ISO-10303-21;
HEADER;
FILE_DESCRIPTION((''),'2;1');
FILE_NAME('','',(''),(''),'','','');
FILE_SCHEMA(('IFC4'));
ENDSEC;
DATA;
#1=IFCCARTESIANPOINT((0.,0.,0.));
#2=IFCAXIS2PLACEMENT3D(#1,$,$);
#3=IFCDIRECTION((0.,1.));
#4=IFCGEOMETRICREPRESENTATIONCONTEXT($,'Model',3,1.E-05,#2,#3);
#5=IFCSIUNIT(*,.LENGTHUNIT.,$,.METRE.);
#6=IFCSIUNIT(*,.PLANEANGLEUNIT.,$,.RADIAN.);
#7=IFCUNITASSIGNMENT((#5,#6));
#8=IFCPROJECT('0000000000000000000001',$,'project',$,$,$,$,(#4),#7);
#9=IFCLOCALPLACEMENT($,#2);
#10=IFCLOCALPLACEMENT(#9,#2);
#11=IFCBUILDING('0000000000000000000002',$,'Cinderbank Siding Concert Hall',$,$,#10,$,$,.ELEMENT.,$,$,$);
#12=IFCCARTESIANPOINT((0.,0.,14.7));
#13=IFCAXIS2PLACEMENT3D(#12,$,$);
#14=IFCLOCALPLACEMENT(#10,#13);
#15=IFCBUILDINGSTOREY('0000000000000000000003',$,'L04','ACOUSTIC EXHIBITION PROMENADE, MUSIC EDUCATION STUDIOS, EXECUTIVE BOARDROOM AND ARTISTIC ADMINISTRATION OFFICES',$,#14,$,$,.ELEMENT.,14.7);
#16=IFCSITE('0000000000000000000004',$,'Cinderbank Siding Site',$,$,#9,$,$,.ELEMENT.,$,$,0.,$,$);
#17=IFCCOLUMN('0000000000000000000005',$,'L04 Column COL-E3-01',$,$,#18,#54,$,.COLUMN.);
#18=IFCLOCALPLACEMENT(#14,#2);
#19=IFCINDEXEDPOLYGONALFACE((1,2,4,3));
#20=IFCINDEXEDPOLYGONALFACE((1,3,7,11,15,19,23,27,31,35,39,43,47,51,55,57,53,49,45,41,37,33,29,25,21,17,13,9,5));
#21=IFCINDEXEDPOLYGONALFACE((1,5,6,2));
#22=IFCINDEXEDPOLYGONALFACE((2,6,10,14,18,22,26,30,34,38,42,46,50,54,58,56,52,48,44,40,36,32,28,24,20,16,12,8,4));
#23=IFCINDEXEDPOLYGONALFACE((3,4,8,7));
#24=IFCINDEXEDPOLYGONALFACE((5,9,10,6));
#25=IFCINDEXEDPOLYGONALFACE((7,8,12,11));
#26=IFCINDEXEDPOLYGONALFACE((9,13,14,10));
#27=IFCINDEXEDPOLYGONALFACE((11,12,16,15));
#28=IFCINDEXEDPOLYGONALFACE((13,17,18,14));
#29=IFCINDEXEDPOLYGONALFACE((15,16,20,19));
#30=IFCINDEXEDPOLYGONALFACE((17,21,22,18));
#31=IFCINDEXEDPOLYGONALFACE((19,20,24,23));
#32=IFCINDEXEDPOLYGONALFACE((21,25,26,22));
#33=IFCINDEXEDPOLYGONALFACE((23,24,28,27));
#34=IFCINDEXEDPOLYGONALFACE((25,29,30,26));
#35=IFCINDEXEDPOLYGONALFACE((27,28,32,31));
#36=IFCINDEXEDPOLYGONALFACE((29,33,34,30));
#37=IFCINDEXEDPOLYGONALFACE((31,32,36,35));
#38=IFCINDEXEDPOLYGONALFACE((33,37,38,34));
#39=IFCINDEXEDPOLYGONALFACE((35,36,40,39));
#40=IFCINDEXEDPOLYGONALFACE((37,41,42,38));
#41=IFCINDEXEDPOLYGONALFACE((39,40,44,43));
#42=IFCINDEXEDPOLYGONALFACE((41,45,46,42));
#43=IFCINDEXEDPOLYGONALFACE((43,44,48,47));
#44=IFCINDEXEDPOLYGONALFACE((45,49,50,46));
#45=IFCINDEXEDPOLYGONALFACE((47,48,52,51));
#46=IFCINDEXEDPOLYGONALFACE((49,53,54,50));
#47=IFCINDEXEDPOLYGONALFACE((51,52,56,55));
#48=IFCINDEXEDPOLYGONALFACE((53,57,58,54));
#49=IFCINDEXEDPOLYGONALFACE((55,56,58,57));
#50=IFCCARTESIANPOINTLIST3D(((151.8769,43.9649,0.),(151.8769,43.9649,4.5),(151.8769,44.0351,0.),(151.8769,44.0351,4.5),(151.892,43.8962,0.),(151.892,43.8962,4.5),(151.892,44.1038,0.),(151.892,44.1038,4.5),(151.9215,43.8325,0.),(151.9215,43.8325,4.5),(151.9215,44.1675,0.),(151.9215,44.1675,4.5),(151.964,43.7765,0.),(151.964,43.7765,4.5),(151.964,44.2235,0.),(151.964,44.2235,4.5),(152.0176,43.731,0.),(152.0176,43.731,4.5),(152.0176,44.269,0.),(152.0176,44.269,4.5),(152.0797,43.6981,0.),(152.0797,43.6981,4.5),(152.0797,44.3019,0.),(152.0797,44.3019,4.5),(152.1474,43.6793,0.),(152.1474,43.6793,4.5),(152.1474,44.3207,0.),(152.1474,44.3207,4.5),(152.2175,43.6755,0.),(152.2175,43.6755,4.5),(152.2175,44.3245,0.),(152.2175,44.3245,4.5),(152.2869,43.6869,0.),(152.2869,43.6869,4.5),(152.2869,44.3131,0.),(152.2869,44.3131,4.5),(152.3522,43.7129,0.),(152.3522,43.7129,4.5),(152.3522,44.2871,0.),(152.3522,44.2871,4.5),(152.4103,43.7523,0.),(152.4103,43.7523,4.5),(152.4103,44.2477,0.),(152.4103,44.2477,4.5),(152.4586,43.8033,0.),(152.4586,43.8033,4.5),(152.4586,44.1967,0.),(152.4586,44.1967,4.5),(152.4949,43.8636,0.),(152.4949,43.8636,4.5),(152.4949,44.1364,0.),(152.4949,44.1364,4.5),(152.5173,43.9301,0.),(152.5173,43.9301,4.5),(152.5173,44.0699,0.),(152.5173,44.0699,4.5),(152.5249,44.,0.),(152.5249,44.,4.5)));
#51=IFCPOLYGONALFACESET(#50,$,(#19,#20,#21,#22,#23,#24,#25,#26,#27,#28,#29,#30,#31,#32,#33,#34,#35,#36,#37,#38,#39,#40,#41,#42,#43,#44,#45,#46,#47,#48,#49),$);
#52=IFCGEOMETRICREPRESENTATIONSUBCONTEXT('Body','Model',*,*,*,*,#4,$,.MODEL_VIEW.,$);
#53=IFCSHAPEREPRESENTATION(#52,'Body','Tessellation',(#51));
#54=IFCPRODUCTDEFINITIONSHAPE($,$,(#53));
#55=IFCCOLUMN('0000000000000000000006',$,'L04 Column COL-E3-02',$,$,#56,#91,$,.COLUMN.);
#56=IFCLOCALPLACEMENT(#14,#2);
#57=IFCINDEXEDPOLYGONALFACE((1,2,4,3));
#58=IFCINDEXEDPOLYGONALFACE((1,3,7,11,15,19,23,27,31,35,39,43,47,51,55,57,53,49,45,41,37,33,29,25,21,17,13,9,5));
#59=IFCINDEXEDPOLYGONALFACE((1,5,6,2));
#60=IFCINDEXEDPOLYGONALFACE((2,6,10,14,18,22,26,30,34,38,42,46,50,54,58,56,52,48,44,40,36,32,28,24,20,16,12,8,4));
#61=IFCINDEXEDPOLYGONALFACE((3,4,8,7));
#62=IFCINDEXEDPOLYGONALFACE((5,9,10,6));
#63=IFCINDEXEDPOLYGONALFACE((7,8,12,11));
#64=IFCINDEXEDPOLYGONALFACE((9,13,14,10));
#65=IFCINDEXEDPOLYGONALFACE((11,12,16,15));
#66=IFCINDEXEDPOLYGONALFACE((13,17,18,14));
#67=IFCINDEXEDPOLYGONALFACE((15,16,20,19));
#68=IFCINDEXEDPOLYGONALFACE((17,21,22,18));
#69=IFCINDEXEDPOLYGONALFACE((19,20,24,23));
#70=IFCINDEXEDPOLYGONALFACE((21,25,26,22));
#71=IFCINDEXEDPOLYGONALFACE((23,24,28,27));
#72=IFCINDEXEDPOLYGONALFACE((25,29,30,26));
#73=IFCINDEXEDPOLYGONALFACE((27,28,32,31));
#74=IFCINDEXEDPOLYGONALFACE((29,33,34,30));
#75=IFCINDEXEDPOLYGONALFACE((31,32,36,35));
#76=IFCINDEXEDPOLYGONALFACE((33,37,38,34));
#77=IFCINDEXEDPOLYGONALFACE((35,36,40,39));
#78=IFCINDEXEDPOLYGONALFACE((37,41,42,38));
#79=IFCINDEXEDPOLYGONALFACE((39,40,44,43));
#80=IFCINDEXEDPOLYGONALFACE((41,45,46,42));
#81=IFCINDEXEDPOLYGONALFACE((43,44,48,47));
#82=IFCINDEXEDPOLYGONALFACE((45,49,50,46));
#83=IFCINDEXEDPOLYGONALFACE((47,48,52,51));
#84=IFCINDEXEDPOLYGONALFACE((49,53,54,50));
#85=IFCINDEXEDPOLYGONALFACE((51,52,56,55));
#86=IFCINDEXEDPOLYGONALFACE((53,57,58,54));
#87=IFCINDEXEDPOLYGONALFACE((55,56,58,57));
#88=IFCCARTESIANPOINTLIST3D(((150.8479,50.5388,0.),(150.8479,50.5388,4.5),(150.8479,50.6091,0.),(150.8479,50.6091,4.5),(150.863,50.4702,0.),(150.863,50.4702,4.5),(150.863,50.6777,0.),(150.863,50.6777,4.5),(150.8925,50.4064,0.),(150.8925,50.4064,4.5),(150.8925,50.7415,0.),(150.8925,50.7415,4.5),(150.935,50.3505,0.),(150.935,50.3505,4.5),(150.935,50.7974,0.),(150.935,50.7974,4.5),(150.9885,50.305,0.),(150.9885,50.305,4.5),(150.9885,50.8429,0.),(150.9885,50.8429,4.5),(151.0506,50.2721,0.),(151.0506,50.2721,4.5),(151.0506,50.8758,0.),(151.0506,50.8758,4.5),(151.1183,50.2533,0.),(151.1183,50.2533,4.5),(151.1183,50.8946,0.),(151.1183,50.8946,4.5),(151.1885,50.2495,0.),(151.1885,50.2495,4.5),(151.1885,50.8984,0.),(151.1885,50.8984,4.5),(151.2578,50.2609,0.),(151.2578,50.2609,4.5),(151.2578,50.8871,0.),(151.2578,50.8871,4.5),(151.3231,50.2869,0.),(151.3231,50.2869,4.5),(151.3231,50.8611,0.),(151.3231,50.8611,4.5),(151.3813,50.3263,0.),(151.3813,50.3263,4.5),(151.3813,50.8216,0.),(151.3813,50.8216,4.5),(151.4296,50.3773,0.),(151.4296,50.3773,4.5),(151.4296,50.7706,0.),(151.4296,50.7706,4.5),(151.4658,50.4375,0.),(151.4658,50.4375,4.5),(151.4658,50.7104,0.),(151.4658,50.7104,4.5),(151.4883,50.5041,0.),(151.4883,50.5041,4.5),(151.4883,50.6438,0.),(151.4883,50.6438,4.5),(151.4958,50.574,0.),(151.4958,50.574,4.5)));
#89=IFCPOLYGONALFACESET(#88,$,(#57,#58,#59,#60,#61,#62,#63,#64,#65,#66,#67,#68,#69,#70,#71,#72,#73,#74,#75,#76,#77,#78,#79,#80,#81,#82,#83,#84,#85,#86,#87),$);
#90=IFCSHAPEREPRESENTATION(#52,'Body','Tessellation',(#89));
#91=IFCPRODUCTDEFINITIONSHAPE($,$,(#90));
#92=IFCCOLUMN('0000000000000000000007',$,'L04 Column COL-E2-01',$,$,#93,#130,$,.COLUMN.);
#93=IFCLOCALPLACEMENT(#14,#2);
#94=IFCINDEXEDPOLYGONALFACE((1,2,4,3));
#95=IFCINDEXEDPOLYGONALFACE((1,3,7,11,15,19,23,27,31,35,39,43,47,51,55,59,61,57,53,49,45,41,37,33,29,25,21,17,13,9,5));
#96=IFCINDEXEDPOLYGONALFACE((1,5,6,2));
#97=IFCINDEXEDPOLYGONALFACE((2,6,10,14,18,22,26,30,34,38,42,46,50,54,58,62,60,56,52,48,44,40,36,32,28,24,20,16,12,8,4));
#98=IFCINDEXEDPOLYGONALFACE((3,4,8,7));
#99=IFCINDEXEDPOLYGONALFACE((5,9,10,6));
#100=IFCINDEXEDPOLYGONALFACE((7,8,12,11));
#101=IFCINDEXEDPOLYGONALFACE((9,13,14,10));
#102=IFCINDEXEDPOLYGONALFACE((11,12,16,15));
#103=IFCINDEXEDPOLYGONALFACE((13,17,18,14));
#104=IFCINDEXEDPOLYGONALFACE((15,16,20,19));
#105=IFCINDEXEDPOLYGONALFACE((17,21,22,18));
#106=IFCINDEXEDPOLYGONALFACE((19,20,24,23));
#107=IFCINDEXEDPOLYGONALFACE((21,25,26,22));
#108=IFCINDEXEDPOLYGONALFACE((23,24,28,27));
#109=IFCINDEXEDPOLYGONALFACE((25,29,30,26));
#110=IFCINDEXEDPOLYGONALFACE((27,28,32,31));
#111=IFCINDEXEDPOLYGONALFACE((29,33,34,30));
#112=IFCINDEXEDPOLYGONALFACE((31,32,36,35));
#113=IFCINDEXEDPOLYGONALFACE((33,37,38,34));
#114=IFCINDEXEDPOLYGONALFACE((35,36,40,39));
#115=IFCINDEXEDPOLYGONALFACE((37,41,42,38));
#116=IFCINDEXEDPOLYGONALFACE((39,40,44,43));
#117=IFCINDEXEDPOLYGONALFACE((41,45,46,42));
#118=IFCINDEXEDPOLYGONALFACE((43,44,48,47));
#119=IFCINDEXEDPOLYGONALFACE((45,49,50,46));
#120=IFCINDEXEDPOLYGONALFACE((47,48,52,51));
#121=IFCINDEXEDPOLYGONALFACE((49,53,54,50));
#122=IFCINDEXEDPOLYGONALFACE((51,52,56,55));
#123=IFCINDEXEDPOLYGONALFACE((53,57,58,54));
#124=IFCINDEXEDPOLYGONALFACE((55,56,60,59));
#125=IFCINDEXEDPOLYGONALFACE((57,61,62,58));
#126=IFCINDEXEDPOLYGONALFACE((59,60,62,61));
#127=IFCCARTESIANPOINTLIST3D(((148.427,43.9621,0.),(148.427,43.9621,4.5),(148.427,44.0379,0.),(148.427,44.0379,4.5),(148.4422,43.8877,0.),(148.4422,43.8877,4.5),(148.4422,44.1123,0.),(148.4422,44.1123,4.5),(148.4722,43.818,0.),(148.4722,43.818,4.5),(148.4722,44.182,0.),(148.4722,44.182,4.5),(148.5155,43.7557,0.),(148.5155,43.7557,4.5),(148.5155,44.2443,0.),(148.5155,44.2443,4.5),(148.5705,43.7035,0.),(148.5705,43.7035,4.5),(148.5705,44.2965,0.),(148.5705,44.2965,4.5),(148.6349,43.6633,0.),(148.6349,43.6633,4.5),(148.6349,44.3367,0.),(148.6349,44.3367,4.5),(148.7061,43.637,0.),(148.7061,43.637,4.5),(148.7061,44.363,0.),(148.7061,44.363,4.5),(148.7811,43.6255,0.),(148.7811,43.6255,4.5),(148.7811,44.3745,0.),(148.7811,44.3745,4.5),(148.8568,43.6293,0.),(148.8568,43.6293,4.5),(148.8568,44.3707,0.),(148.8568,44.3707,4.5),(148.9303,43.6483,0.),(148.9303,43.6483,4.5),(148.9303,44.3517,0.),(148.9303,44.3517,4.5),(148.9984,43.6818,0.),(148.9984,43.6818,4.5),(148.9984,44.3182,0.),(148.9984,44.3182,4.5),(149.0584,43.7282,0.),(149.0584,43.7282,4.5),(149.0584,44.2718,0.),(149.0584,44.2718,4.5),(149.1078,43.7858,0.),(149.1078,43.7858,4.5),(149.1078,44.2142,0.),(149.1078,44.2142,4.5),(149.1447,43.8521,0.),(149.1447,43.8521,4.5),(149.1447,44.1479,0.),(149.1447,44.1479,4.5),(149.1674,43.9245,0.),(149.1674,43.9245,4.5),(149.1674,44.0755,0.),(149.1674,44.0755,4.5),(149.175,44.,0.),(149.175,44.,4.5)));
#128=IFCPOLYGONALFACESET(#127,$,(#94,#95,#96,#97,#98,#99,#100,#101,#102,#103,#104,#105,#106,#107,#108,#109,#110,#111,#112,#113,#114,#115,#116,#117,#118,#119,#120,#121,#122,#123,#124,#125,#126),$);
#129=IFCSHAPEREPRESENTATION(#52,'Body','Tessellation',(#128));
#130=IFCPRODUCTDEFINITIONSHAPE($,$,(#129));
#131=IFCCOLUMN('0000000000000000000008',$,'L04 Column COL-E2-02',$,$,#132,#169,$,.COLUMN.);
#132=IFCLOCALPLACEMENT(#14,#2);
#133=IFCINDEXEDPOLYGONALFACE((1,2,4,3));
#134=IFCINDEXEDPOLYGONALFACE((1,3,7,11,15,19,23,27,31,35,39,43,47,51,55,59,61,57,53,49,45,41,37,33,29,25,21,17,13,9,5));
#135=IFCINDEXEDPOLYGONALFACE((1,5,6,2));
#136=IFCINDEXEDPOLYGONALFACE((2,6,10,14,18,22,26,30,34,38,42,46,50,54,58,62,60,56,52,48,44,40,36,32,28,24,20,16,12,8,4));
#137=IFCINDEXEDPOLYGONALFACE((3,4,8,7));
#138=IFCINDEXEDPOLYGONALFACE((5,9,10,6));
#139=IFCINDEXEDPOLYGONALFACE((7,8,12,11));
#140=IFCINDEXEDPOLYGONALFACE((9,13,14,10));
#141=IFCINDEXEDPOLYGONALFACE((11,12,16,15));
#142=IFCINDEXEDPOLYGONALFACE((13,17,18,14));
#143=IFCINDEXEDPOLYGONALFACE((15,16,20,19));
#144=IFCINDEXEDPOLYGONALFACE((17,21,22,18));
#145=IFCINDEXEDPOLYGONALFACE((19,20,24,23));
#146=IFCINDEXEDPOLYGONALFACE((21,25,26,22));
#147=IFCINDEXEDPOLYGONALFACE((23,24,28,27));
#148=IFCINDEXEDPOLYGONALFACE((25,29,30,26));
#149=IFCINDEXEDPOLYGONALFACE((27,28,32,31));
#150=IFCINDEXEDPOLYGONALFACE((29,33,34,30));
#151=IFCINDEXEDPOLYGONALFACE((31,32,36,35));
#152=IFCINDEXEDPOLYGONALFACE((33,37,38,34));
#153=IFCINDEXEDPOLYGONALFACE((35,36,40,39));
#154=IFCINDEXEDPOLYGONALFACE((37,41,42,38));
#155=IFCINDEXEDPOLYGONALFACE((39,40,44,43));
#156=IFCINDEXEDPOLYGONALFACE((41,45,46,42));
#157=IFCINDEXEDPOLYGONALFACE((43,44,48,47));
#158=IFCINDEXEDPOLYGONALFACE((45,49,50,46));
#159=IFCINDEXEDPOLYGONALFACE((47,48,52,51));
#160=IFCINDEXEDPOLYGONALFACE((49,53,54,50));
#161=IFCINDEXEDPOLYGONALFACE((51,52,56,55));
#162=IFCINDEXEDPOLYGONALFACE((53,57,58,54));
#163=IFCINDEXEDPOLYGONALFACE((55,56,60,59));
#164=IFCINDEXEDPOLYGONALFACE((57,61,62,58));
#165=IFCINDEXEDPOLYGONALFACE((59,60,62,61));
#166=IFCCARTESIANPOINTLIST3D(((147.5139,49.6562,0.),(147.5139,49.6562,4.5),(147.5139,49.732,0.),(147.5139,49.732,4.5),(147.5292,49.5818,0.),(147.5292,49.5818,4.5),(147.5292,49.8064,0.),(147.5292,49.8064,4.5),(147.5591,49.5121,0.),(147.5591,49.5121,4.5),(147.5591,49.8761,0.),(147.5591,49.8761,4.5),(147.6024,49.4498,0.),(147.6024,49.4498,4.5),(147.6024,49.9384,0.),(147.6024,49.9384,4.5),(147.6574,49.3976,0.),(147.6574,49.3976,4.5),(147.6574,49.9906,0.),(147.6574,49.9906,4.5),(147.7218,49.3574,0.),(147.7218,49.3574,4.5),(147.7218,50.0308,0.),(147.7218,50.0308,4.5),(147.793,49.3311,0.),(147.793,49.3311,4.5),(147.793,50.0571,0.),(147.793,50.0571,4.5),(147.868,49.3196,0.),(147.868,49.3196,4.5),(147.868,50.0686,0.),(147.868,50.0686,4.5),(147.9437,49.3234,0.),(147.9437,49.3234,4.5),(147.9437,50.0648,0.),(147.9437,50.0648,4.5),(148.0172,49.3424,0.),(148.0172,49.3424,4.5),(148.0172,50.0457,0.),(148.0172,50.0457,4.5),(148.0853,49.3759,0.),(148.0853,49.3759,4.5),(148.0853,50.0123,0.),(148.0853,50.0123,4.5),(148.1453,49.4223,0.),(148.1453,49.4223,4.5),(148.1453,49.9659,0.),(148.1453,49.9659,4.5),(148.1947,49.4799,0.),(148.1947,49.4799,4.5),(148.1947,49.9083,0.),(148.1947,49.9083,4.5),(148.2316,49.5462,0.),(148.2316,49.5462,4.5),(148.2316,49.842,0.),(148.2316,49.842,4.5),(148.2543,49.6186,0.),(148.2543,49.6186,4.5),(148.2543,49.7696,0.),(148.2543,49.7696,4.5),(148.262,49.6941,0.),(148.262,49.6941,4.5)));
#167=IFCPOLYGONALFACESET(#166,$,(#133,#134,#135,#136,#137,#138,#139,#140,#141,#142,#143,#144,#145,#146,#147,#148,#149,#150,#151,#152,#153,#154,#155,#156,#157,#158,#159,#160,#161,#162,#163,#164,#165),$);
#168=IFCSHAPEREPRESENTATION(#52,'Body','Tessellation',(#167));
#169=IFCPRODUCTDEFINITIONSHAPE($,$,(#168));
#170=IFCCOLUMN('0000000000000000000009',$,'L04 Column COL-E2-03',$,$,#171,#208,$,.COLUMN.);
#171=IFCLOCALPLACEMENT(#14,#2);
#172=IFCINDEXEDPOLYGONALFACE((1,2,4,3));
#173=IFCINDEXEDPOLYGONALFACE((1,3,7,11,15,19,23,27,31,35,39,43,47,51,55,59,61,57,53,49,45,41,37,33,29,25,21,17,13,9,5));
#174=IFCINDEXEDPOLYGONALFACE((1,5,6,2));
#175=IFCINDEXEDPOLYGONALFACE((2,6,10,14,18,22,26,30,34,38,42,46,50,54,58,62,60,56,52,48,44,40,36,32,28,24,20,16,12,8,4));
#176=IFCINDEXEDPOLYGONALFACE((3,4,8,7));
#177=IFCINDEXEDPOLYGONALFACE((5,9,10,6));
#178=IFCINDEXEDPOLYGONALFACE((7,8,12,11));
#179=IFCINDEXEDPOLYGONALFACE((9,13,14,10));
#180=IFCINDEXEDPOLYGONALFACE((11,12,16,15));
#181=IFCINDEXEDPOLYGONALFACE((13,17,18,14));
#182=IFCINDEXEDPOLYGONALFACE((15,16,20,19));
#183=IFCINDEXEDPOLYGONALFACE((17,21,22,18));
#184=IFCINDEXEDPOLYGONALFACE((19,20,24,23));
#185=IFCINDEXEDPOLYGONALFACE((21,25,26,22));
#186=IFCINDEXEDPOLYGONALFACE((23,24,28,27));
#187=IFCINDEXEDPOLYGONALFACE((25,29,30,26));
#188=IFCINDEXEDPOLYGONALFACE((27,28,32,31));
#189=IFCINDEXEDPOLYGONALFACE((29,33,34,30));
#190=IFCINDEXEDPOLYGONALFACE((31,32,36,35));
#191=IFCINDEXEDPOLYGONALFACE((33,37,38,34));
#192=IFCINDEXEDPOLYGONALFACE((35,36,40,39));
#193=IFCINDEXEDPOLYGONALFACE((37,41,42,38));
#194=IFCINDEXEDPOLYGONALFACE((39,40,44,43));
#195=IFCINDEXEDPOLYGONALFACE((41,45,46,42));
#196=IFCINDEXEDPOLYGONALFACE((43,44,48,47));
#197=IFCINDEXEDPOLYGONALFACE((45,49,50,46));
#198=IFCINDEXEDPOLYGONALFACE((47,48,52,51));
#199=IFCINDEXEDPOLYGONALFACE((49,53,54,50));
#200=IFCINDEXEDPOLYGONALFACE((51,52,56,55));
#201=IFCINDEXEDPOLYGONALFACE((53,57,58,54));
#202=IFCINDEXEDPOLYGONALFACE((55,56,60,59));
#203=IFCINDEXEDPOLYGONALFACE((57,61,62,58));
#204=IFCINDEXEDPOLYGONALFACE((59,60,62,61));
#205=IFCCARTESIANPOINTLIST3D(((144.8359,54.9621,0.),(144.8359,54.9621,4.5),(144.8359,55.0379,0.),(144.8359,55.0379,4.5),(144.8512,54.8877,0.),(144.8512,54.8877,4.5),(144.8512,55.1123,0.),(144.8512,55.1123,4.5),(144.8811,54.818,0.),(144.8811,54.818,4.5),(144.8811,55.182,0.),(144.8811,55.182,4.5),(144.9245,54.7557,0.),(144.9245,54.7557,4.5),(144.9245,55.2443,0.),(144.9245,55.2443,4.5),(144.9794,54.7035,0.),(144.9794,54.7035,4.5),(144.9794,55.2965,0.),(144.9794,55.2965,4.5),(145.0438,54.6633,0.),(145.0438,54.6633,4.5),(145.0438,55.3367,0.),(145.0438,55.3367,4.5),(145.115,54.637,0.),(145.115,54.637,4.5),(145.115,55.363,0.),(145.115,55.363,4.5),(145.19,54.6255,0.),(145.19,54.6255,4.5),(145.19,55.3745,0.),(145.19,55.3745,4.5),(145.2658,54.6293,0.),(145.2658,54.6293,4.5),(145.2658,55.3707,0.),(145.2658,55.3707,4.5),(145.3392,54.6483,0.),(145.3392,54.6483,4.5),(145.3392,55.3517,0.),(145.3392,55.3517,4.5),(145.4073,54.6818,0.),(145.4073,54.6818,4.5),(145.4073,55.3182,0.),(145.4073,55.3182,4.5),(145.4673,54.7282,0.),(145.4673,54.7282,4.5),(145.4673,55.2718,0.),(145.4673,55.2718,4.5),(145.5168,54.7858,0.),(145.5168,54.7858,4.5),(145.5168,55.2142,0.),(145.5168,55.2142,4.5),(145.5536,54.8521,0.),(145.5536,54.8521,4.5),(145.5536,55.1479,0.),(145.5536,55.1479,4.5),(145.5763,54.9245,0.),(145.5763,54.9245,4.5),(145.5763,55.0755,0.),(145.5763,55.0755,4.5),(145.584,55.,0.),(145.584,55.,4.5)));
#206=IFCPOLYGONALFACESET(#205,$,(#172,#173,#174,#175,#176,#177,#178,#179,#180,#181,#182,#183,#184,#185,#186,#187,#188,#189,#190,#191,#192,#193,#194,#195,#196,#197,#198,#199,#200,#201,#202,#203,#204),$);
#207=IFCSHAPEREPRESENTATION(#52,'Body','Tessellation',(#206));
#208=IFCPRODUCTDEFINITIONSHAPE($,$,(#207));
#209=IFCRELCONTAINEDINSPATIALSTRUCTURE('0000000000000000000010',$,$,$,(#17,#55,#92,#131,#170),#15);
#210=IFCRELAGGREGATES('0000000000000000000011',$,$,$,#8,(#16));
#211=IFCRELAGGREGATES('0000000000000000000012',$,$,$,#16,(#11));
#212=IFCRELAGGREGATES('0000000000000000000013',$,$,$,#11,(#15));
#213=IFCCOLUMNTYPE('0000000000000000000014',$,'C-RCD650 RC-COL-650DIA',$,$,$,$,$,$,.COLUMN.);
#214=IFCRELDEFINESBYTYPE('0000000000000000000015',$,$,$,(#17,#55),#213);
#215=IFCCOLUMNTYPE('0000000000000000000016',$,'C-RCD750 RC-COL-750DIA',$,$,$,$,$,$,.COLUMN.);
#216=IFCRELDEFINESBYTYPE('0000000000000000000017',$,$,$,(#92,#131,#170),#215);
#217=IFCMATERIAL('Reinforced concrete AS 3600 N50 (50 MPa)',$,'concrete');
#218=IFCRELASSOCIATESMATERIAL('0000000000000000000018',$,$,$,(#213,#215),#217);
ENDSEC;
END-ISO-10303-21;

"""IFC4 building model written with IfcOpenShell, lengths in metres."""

from ifc_helpers import new_model, si_unit, direction, frame, origin, origin_2d, place, context, subcontext, project, spatial, circle, extrude, material, material_profile, profile_set, type_object, element, save


model = new_model("IFC4")

# Units and contexts
model_context = context("Model", 3, precision=1e-05, world=origin(), true_north=direction((0.0, 1.0)))
body_context = subcontext(model_context, "Body", "Model", "MODEL_VIEW")
ifc_project = project(units=[si_unit("LENGTHUNIT", "METRE"), si_unit("PLANEANGLEUNIT", "RADIAN")], contexts=[model_context])

# Site, building, storey
site_placement = place(None, origin())
site = spatial("IfcSite", under=ifc_project, at=site_placement, Name="Cinderbank Siding Site", CompositionType="ELEMENT", RefElevation=0.0)
building_placement = place(site_placement, origin())
building = spatial("IfcBuilding", under=site, at=building_placement, Name="Cinderbank Siding Concert Hall", CompositionType="ELEMENT")
storey_placement = place(building_placement, frame((0.0, 0.0, 14.7)))
storey = spatial("IfcBuildingStorey", under=building, at=storey_placement, Name="L04", Description="ACOUSTIC EXHIBITION PROMENADE, MUSIC EDUCATION STUDIOS, EXECUTIVE BOARDROOM AND ARTISTIC ADMINISTRATION OFFICES", CompositionType="ELEMENT", Elevation=14.7)

# Columns
ifc_material_1 = material(Name="Reinforced concrete AS 3600 N50 (50 MPa)", Category="concrete")
ifc_material_profile_1 = material_profile(ifc_material_1, circle(Radius=0.325, at=origin_2d()), Name="RC-COL-650DIA", Category="LoadBearing")
ifc_profile_set_1 = profile_set([ifc_material_profile_1], Name="Reinforced concrete AS 3600 N50 (50 MPa)")
column_type_1 = type_object("IfcColumnType", Name="C-RCD650 RC-COL-650DIA", PredefinedType="COLUMN", material=ifc_profile_set_1)
for number, where, z_axis, x_axis, name in (
    (1, (152.2, 44.0, 0.0), (0.0, 0.0, 1.0), (1.0, 0.0, 0.0), "L04 Column COL-E3-01"),
    (2, (151.1709, 50.574, 0.0), (0.0, 0.0, 1.0), (1.0, 0.0, 0.0), "L04 Column COL-E3-02"),
):
    element("IfcColumn", number, at=place(storey_placement, frame(where, z_axis=z_axis, x_axis=x_axis)), inside=storey, type_object=column_type_1, Name=name, PredefinedType="COLUMN", context=body_context, shape_type="SweptSolid", body=[
        extrude(circle(Radius=0.325, at=origin_2d()), origin(), (0.0, 0.0, 1.0), 4.5),
    ])
ifc_material_profile_2 = material_profile(ifc_material_1, circle(Radius=0.375, at=origin_2d()), Name="RC-COL-750DIA", Category="LoadBearing")
ifc_profile_set_2 = profile_set([ifc_material_profile_2], Name="Reinforced concrete AS 3600 N50 (50 MPa)")
column_type_2 = type_object("IfcColumnType", Name="C-RCD750 RC-COL-750DIA", PredefinedType="COLUMN", material=ifc_profile_set_2)
for number, where, z_axis, x_axis, name in (
    (3, (148.8, 44.0, 0.0), (0.0, 0.0, 1.0), (1.0, 0.0, 0.0), "L04 Column COL-E2-01"),
    (4, (147.887, 49.6941, 0.0), (0.0, 0.0, 1.0), (1.0, 0.0, 0.0), "L04 Column COL-E2-02"),
    (5, (145.209, 55.0, 0.0), (0.0, 0.0, 1.0), (1.0, 0.0, 0.0), "L04 Column COL-E2-03"),
):
    element("IfcColumn", number, at=place(storey_placement, frame(where, z_axis=z_axis, x_axis=x_axis)), inside=storey, type_object=column_type_2, Name=name, PredefinedType="COLUMN", context=body_context, shape_type="SweptSolid", body=[
        extrude(circle(Radius=0.375, at=origin_2d()), origin(), (0.0, 0.0, 1.0), 4.5),
    ])

save(model, "model.ifc")
